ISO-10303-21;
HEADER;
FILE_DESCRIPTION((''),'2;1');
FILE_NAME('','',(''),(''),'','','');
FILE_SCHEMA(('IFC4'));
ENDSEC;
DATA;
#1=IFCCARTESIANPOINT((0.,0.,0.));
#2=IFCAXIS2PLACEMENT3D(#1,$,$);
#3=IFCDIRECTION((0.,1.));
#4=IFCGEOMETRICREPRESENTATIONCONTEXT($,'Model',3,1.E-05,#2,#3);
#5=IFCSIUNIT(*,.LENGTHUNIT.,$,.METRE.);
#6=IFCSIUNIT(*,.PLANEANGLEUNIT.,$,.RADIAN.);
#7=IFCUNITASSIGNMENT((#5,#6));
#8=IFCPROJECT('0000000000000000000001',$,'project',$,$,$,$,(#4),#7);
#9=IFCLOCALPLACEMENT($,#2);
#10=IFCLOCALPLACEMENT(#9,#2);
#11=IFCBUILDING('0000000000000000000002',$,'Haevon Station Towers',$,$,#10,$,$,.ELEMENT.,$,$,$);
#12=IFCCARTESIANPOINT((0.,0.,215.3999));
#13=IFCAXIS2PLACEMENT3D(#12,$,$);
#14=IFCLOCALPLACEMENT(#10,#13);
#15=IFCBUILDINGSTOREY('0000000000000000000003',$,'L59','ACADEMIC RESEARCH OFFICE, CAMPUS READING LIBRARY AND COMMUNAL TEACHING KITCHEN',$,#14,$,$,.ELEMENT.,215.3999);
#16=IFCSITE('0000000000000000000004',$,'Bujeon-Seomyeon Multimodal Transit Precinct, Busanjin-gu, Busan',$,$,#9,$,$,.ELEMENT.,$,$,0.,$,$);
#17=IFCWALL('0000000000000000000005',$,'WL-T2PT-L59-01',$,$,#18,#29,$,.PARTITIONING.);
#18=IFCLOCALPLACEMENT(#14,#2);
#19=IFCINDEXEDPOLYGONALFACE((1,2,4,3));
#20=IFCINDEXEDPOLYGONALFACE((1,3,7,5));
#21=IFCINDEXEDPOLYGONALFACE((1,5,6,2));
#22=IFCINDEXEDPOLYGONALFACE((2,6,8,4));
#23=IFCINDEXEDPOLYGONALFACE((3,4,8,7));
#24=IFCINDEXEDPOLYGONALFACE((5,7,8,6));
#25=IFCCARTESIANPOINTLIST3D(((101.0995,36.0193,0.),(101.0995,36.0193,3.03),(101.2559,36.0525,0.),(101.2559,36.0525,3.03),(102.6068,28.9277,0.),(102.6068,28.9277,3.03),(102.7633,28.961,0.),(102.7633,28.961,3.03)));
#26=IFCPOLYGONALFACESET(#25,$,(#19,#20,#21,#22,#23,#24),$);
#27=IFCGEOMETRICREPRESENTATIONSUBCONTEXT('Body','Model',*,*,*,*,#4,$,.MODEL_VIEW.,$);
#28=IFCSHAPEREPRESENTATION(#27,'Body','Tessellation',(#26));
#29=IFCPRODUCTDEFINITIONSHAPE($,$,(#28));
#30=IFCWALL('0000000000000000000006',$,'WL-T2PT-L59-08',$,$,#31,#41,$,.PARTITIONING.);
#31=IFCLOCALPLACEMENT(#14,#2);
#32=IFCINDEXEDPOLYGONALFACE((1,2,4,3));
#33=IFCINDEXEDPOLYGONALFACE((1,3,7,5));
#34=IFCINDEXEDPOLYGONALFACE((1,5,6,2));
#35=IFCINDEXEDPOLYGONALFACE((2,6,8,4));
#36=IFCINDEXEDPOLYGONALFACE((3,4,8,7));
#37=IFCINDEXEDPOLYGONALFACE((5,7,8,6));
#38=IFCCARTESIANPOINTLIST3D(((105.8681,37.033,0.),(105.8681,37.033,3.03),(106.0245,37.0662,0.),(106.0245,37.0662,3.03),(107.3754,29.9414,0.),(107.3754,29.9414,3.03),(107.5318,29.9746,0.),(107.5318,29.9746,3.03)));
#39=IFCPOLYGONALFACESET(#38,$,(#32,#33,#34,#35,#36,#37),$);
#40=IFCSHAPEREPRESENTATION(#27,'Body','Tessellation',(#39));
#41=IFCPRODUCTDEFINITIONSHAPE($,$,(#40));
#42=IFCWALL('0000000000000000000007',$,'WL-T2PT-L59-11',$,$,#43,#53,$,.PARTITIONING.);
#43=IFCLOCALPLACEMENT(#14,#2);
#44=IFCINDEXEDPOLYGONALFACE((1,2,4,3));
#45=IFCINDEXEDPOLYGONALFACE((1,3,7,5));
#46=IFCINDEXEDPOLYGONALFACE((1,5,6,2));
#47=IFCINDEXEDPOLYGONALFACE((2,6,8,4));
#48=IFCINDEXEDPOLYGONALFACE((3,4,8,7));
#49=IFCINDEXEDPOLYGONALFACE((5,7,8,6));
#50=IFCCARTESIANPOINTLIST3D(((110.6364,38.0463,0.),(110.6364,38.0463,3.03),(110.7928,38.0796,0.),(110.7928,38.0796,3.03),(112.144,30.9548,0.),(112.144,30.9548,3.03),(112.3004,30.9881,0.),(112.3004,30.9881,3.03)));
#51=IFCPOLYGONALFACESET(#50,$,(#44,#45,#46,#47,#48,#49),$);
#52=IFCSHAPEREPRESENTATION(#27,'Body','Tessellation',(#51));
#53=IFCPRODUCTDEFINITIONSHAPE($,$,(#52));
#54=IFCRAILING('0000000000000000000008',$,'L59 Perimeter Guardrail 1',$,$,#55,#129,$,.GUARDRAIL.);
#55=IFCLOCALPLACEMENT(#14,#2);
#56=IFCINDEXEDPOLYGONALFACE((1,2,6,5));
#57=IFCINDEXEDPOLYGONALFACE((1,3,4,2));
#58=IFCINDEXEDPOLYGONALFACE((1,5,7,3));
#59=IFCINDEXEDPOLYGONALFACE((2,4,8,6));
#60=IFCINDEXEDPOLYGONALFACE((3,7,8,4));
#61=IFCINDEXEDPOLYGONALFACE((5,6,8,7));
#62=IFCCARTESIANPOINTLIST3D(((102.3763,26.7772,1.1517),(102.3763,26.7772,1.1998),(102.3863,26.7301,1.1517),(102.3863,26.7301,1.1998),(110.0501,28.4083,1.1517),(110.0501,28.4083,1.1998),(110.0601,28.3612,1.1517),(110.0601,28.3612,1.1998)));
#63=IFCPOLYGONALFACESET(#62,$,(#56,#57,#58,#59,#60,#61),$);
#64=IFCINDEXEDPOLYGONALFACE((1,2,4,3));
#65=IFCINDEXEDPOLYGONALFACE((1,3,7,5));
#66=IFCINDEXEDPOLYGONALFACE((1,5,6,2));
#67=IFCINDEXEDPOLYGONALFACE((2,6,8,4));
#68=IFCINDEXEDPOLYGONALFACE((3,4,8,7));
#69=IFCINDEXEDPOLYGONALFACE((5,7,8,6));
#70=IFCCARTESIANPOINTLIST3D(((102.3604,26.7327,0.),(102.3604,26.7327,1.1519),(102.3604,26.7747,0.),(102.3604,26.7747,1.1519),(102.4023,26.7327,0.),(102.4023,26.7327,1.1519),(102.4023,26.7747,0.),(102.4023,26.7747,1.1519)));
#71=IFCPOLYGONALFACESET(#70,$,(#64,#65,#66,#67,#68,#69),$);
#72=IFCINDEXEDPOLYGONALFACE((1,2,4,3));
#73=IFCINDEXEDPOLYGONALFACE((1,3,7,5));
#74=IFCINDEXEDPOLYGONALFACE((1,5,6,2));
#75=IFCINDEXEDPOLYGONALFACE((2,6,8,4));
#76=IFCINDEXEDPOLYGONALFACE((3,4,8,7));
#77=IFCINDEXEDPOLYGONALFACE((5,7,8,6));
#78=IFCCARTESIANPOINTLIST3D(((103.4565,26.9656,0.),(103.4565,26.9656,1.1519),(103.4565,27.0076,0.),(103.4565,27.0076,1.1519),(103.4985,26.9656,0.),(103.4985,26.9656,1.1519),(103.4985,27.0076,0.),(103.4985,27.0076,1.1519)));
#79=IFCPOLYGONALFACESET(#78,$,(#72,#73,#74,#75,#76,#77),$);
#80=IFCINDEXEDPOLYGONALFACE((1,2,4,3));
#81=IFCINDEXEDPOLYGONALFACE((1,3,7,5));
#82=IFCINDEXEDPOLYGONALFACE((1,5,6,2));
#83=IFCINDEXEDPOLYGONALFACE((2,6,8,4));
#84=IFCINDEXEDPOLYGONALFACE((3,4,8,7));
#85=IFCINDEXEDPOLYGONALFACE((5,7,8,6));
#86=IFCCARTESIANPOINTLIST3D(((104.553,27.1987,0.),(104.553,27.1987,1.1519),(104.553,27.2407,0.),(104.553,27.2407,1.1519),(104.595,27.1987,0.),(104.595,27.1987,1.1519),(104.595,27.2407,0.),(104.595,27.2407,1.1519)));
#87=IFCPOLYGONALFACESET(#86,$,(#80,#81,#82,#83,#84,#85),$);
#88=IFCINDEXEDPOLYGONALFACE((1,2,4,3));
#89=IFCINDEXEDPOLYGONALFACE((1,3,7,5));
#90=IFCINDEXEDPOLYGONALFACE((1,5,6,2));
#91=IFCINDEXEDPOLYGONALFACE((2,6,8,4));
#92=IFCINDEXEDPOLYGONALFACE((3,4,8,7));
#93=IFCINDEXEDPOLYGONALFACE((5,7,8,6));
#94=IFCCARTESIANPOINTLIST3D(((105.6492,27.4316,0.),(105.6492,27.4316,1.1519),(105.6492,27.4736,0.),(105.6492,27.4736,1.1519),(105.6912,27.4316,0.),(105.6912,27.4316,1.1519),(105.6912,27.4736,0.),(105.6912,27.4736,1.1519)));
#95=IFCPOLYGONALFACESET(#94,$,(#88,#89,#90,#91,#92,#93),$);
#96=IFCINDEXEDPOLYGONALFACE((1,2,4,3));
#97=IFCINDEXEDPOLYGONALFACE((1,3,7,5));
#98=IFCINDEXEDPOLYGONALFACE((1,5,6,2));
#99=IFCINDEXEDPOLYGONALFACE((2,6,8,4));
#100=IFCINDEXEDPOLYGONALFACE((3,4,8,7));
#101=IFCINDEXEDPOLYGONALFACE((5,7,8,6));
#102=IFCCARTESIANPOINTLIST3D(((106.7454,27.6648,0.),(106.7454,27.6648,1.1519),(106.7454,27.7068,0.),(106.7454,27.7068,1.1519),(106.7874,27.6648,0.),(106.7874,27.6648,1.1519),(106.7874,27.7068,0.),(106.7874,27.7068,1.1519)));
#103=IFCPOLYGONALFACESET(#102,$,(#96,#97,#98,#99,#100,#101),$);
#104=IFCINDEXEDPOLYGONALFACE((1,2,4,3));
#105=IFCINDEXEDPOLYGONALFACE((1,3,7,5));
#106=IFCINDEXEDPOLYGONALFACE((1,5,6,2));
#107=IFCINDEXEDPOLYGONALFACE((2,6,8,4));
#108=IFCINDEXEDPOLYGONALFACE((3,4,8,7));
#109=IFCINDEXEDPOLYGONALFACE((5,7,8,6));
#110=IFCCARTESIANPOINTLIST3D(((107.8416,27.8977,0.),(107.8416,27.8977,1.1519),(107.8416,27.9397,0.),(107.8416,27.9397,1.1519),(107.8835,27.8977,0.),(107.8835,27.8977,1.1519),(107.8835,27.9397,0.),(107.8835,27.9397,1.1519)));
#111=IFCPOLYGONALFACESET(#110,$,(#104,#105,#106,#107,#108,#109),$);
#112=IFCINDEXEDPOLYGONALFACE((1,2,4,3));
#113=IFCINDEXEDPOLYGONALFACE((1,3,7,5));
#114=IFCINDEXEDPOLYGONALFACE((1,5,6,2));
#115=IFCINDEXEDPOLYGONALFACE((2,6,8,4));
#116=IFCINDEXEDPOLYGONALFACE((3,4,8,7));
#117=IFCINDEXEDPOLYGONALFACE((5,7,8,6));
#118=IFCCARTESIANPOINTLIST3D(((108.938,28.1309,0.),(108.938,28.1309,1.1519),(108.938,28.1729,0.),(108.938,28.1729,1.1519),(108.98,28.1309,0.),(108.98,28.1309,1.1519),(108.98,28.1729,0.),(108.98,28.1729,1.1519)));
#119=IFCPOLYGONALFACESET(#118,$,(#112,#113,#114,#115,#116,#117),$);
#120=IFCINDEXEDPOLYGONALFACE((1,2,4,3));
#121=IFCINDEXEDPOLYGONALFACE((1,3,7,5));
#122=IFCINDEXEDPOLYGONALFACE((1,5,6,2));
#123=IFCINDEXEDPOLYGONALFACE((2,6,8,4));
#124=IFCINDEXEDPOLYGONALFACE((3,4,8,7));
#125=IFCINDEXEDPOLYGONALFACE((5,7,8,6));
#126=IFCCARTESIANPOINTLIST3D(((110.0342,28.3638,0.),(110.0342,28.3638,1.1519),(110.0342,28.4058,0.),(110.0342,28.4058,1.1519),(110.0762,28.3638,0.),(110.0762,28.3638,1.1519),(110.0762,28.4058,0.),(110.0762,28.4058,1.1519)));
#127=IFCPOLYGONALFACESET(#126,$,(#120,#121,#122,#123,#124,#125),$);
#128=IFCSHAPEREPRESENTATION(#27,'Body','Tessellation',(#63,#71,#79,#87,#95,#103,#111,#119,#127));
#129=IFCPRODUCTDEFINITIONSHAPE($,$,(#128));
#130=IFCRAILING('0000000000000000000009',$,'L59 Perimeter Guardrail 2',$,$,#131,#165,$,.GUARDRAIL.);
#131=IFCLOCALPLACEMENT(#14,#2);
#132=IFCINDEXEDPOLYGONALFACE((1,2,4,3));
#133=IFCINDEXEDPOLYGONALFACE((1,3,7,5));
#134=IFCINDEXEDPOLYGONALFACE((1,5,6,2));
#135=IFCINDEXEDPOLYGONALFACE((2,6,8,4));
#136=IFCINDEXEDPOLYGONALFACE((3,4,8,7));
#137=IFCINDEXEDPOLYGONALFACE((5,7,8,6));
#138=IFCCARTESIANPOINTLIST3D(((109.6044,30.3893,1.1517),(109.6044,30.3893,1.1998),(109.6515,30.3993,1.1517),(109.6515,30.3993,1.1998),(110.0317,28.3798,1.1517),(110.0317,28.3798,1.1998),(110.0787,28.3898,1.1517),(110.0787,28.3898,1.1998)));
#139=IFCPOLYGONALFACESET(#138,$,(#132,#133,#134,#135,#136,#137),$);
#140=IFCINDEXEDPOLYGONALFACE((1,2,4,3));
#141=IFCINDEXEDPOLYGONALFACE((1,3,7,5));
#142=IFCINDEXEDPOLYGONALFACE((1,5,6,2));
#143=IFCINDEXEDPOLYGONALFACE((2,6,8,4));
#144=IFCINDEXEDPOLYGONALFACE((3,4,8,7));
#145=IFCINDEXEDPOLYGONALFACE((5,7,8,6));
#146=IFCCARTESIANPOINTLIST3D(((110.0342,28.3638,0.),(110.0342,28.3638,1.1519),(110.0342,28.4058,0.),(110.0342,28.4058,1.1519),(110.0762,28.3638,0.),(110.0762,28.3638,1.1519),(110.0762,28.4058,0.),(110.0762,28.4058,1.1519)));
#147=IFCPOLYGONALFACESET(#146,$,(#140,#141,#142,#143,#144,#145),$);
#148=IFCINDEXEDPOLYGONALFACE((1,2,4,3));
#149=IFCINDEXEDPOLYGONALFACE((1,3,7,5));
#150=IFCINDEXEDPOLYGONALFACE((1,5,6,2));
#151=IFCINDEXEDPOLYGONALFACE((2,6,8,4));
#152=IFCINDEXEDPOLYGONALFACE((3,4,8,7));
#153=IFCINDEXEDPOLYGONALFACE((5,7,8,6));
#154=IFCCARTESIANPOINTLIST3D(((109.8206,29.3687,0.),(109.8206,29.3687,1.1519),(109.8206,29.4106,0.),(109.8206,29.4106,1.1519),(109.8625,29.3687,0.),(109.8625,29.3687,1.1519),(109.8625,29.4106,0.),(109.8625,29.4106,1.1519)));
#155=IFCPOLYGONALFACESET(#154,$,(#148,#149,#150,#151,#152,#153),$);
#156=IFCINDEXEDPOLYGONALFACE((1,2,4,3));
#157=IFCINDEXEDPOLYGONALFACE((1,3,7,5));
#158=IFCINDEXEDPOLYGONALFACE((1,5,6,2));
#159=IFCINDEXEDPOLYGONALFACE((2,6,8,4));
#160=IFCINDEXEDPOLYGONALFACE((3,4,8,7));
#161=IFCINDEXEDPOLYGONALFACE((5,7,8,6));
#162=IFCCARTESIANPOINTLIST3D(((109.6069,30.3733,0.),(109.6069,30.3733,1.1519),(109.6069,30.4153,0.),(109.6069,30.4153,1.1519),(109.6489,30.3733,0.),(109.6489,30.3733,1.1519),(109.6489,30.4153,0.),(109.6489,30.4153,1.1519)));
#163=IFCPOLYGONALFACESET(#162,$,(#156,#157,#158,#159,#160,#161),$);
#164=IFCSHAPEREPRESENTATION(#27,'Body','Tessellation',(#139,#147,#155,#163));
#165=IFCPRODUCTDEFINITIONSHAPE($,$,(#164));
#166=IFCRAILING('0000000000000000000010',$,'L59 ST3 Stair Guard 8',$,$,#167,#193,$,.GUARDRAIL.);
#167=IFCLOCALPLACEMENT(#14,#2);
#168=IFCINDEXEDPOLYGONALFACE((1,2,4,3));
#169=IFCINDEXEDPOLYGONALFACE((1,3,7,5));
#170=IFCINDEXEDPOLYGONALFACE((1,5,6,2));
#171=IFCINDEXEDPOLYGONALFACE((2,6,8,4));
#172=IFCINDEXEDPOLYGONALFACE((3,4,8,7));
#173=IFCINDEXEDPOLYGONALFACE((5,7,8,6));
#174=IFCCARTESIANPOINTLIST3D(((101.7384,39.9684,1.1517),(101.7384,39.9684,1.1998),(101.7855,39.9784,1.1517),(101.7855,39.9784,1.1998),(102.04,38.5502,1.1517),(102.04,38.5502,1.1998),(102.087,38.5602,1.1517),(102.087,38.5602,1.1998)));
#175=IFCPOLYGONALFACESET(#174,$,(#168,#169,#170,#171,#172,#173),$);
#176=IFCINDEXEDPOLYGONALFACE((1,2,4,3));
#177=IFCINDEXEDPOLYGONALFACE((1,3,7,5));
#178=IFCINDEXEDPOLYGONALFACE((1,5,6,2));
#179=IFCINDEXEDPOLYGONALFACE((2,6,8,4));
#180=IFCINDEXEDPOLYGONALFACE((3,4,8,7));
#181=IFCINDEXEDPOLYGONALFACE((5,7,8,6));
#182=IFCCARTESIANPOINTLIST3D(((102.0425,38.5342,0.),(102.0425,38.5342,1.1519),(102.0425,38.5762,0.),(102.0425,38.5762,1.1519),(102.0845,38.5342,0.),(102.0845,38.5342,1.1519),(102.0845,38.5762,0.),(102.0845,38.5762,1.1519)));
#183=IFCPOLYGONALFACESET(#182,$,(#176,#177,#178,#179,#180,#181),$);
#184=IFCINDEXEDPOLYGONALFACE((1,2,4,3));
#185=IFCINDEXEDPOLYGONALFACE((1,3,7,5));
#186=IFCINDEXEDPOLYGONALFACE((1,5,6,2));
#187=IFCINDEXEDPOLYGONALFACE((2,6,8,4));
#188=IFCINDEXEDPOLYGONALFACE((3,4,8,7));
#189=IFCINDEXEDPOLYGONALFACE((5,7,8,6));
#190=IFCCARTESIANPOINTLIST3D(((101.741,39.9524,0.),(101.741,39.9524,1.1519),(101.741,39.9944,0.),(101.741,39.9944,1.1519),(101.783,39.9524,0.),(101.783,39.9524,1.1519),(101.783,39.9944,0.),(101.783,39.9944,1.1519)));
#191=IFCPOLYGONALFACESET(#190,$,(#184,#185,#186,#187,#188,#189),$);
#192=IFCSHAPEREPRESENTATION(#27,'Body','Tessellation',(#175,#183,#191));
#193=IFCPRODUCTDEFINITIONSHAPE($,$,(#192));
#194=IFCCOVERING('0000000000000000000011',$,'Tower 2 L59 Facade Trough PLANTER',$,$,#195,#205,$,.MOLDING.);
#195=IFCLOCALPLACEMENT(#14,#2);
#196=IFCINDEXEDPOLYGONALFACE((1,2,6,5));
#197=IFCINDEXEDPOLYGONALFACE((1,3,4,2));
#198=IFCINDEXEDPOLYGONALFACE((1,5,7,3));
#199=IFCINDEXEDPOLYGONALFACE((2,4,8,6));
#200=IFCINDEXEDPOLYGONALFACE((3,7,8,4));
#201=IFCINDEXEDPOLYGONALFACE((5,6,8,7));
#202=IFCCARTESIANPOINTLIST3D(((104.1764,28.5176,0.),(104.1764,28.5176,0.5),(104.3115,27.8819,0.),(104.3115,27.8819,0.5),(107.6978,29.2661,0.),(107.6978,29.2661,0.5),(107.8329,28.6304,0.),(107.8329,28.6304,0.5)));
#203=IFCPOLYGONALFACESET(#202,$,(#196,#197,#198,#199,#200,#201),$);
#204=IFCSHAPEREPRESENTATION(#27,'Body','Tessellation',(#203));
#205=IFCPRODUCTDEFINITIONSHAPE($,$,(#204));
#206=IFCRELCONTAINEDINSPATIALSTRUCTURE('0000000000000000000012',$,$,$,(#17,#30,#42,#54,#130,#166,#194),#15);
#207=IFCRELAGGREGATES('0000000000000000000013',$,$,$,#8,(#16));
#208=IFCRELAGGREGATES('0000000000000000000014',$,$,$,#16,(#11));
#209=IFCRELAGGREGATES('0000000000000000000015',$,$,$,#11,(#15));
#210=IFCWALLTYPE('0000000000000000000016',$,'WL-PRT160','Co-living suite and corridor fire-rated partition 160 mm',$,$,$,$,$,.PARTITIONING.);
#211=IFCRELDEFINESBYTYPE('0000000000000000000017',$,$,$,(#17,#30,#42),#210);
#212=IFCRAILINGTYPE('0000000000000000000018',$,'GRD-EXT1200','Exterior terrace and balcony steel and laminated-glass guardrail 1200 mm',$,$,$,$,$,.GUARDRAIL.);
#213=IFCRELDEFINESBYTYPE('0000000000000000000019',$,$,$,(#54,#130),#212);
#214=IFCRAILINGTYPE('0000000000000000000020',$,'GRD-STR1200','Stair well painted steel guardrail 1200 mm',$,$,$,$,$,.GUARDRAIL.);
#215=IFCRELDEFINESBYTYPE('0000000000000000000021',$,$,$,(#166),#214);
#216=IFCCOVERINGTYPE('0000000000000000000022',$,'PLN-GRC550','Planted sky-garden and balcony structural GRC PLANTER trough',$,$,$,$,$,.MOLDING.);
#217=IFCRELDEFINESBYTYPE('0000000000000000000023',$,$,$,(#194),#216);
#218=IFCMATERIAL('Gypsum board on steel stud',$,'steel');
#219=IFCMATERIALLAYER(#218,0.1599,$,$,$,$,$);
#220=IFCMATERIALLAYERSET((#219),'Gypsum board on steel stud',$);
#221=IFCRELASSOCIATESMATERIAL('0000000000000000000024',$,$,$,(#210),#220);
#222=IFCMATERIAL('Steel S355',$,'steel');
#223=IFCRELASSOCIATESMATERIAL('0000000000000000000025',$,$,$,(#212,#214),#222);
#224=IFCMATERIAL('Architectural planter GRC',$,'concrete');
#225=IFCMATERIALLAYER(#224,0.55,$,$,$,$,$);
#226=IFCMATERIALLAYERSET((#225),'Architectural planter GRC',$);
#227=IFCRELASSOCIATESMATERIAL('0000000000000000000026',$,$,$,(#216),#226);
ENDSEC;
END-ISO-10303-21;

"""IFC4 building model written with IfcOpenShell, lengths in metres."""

from ifc_helpers import new_model, si_unit, direction, frame, frame_2d, origin, origin_2d, place, context, subcontext, project, spatial, rectangle, extrude, material, layer, layer_set, type_object, element, save


model = new_model("IFC4")

# Units and contexts
model_context = context("Model", 3, precision=1e-05, world=origin(), true_north=direction((0.0, 1.0)))
body_context = subcontext(model_context, "Body", "Model", "MODEL_VIEW")
ifc_project = project(units=[si_unit("LENGTHUNIT", "METRE"), si_unit("PLANEANGLEUNIT", "RADIAN")], contexts=[model_context])

# Site, building, storey
site_placement = place(None, origin())
site = spatial("IfcSite", under=ifc_project, at=site_placement, Name="Bujeon-Seomyeon Multimodal Transit Precinct, Busanjin-gu, Busan", CompositionType="ELEMENT", RefElevation=0.0)
building_placement = place(site_placement, origin())
building = spatial("IfcBuilding", under=site, at=building_placement, Name="Haevon Station Towers", CompositionType="ELEMENT")
storey_placement = place(building_placement, frame((0.0, 0.0, 215.3999)))
storey = spatial("IfcBuildingStorey", under=building, at=storey_placement, Name="L59", Description="ACADEMIC RESEARCH OFFICE, CAMPUS READING LIBRARY AND COMMUNAL TEACHING KITCHEN", CompositionType="ELEMENT", Elevation=215.3999)

# Shared definitions
ifc_material_1 = material(Name="Steel S355", Category="steel")

# Shared definitions
ifc_material_2 = material(Name="Gypsum board on steel stud", Category="steel")

# Walls
ifc_layer_1 = layer(ifc_material_2, 0.1599)
ifc_layer_set_1 = layer_set([ifc_layer_1], Name="Gypsum board on steel stud")
wall_type_1 = type_object("IfcWallType", Name="WL-PRT160", Description="Co-living suite and corridor fire-rated partition 160 mm", PredefinedType="PARTITIONING", material=ifc_layer_set_1)
for number, where, z_axis, x_axis, name in (
    (1, (102.6851, 28.9443, 0.0), (0.0, 0.0, 1.0), (-0.207907, 0.978148, 0.0), "WL-T2PT-L59-01"),
    (2, (107.4536, 29.958, 0.0), (0.0, 0.0, 1.0), (-0.207907, 0.978148, 0.0), "WL-T2PT-L59-08"),
    (3, (112.2222, 30.9714, 0.0), (0.0, 0.0, 1.0), (-0.20794, 0.978142, 0.0), "WL-T2PT-L59-11"),
):
    element("IfcWall", number, at=place(storey_placement, frame(where, z_axis=z_axis, x_axis=x_axis)), inside=storey, type_object=wall_type_1, Name=name, PredefinedType="PARTITIONING", context=body_context, shape_type="SweptSolid", body=[
        extrude(rectangle(XDim=7.25, YDim=0.1599, at=frame_2d((3.625, 0.0))), origin(), (0.0, 0.0, 1.0), 3.03),
    ])

# Railings
railing_type_1 = type_object("IfcRailingType", Name="GRD-EXT1200", Description="Exterior terrace and balcony steel and laminated-glass guardrail 1200 mm", PredefinedType="GUARDRAIL", material=ifc_material_1)
railing_1_placement = place(storey_placement, frame((102.3813, 26.7537, 0.0)))
element("IfcRailing", 4, at=railing_1_placement, inside=storey, type_object=railing_type_1, Name="L59 Perimeter Guardrail 1", PredefinedType="GUARDRAIL", context=body_context, shape_type="SweptSolid", body=[
    extrude(rectangle(XDim=0.0481, YDim=0.0481, at=origin_2d()), frame((0.0, 0.0, 1.1758), z_axis=(0.978148, 0.207909, 0.0), x_axis=(-0.207909, 0.978148, 0.0)), (0.0, 0.0, 1.0), 7.8452),
    extrude(rectangle(XDim=0.042, YDim=0.042, at=origin_2d()), origin(), (0.0, 0.0, 1.0), 1.1519),
    extrude(rectangle(XDim=0.042, YDim=0.042, at=origin_2d()), frame((1.0962, 0.2329, 0.0)), (0.0, 0.0, 1.0), 1.1519),
    extrude(rectangle(XDim=0.042, YDim=0.042, at=origin_2d()), frame((2.1926, 0.4661, 0.0)), (0.0, 0.0, 1.0), 1.1519),
    extrude(rectangle(XDim=0.042, YDim=0.042, at=origin_2d()), frame((3.2888, 0.699, 0.0)), (0.0, 0.0, 1.0), 1.1519),
    extrude(rectangle(XDim=0.042, YDim=0.042, at=origin_2d()), frame((4.385, 0.9321, 0.0)), (0.0, 0.0, 1.0), 1.1519),
    extrude(rectangle(XDim=0.042, YDim=0.042, at=origin_2d()), frame((5.4812, 1.165, 0.0)), (0.0, 0.0, 1.0), 1.1519),
    extrude(rectangle(XDim=0.042, YDim=0.042, at=origin_2d()), frame((6.5776, 1.3982, 0.0)), (0.0, 0.0, 1.0), 1.1519),
    extrude(rectangle(XDim=0.042, YDim=0.042, at=origin_2d()), frame((7.6738, 1.6311, 0.0)), (0.0, 0.0, 1.0), 1.1519),
])
railing_2_placement = place(storey_placement, frame((110.0552, 28.3848, 0.0)))
element("IfcRailing", 5, at=railing_2_placement, inside=storey, type_object=railing_type_1, Name="L59 Perimeter Guardrail 2", PredefinedType="GUARDRAIL", context=body_context, shape_type="SweptSolid", body=[
    extrude(rectangle(XDim=0.0481, YDim=0.0481, at=origin_2d()), frame((0.0, 0.0, 1.1758), z_axis=(-0.207963, 0.978137, 0.0), x_axis=(-0.978137, -0.207963, 0.0)), (0.0, 0.0, 1.0), 2.0544),
    extrude(rectangle(XDim=0.042, YDim=0.042, at=origin_2d()), origin(), (0.0, 0.0, 1.0), 1.1519),
    extrude(rectangle(XDim=0.042, YDim=0.042, at=origin_2d()), frame((-0.2136, 1.0049, 0.0)), (0.0, 0.0, 1.0), 1.1519),
    extrude(rectangle(XDim=0.042, YDim=0.042, at=origin_2d()), frame((-0.4272, 2.0095, 0.0)), (0.0, 0.0, 1.0), 1.1519),
])
railing_type_2 = type_object("IfcRailingType", Name="GRD-STR1200", Description="Stair well painted steel guardrail 1200 mm", PredefinedType="GUARDRAIL", material=ifc_material_1)
railing_3_placement = place(storey_placement, frame((102.0635, 38.5552, 0.0)))
element("IfcRailing", 6, at=railing_3_placement, inside=storey, type_object=railing_type_2, Name="L59 ST3 Stair Guard 8", PredefinedType="GUARDRAIL", context=body_context, shape_type="SweptSolid", body=[
    extrude(rectangle(XDim=0.0481, YDim=0.0481, at=origin_2d()), frame((0.0, 0.0, 1.1758), z_axis=(-0.207953, 0.978139, 0.0), x_axis=(-0.978139, -0.207953, 0.0)), (0.0, 0.0, 1.0), 1.45),
    extrude(rectangle(XDim=0.042, YDim=0.042, at=origin_2d()), origin(), (0.0, 0.0, 1.0), 1.1519),
    extrude(rectangle(XDim=0.042, YDim=0.042, at=origin_2d()), frame((-0.3015, 1.4182, 0.0)), (0.0, 0.0, 1.0), 1.1519),
])

# Covering
ifc_material_3 = material(Name="Architectural planter GRC", Category="concrete")
ifc_layer_2 = layer(ifc_material_3, 0.55)
ifc_layer_set_2 = layer_set([ifc_layer_2], Name="Architectural planter GRC")
covering_type = type_object("IfcCoveringType", Name="PLN-GRC550", Description="Planted sky-garden and balcony structural GRC PLANTER trough", PredefinedType="MOLDING", material=ifc_layer_set_2)
covering_placement = place(storey_placement, frame((106.0046, 28.574, 0.0), z_axis=(0.0, 0.0, 1.0), x_axis=(0.978148, 0.207912, 0.0)))
element("IfcCovering", 7, at=covering_placement, inside=storey, type_object=covering_type, Name="Tower 2 L59 Facade Trough PLANTER", PredefinedType="MOLDING", context=body_context, shape_type="SweptSolid", body=[
    extrude(rectangle(XDim=3.6001, YDim=0.6499, at=origin_2d()), origin(), (0.0, 0.0, 1.0), 0.5),
])

save(model, "model.ifc")
